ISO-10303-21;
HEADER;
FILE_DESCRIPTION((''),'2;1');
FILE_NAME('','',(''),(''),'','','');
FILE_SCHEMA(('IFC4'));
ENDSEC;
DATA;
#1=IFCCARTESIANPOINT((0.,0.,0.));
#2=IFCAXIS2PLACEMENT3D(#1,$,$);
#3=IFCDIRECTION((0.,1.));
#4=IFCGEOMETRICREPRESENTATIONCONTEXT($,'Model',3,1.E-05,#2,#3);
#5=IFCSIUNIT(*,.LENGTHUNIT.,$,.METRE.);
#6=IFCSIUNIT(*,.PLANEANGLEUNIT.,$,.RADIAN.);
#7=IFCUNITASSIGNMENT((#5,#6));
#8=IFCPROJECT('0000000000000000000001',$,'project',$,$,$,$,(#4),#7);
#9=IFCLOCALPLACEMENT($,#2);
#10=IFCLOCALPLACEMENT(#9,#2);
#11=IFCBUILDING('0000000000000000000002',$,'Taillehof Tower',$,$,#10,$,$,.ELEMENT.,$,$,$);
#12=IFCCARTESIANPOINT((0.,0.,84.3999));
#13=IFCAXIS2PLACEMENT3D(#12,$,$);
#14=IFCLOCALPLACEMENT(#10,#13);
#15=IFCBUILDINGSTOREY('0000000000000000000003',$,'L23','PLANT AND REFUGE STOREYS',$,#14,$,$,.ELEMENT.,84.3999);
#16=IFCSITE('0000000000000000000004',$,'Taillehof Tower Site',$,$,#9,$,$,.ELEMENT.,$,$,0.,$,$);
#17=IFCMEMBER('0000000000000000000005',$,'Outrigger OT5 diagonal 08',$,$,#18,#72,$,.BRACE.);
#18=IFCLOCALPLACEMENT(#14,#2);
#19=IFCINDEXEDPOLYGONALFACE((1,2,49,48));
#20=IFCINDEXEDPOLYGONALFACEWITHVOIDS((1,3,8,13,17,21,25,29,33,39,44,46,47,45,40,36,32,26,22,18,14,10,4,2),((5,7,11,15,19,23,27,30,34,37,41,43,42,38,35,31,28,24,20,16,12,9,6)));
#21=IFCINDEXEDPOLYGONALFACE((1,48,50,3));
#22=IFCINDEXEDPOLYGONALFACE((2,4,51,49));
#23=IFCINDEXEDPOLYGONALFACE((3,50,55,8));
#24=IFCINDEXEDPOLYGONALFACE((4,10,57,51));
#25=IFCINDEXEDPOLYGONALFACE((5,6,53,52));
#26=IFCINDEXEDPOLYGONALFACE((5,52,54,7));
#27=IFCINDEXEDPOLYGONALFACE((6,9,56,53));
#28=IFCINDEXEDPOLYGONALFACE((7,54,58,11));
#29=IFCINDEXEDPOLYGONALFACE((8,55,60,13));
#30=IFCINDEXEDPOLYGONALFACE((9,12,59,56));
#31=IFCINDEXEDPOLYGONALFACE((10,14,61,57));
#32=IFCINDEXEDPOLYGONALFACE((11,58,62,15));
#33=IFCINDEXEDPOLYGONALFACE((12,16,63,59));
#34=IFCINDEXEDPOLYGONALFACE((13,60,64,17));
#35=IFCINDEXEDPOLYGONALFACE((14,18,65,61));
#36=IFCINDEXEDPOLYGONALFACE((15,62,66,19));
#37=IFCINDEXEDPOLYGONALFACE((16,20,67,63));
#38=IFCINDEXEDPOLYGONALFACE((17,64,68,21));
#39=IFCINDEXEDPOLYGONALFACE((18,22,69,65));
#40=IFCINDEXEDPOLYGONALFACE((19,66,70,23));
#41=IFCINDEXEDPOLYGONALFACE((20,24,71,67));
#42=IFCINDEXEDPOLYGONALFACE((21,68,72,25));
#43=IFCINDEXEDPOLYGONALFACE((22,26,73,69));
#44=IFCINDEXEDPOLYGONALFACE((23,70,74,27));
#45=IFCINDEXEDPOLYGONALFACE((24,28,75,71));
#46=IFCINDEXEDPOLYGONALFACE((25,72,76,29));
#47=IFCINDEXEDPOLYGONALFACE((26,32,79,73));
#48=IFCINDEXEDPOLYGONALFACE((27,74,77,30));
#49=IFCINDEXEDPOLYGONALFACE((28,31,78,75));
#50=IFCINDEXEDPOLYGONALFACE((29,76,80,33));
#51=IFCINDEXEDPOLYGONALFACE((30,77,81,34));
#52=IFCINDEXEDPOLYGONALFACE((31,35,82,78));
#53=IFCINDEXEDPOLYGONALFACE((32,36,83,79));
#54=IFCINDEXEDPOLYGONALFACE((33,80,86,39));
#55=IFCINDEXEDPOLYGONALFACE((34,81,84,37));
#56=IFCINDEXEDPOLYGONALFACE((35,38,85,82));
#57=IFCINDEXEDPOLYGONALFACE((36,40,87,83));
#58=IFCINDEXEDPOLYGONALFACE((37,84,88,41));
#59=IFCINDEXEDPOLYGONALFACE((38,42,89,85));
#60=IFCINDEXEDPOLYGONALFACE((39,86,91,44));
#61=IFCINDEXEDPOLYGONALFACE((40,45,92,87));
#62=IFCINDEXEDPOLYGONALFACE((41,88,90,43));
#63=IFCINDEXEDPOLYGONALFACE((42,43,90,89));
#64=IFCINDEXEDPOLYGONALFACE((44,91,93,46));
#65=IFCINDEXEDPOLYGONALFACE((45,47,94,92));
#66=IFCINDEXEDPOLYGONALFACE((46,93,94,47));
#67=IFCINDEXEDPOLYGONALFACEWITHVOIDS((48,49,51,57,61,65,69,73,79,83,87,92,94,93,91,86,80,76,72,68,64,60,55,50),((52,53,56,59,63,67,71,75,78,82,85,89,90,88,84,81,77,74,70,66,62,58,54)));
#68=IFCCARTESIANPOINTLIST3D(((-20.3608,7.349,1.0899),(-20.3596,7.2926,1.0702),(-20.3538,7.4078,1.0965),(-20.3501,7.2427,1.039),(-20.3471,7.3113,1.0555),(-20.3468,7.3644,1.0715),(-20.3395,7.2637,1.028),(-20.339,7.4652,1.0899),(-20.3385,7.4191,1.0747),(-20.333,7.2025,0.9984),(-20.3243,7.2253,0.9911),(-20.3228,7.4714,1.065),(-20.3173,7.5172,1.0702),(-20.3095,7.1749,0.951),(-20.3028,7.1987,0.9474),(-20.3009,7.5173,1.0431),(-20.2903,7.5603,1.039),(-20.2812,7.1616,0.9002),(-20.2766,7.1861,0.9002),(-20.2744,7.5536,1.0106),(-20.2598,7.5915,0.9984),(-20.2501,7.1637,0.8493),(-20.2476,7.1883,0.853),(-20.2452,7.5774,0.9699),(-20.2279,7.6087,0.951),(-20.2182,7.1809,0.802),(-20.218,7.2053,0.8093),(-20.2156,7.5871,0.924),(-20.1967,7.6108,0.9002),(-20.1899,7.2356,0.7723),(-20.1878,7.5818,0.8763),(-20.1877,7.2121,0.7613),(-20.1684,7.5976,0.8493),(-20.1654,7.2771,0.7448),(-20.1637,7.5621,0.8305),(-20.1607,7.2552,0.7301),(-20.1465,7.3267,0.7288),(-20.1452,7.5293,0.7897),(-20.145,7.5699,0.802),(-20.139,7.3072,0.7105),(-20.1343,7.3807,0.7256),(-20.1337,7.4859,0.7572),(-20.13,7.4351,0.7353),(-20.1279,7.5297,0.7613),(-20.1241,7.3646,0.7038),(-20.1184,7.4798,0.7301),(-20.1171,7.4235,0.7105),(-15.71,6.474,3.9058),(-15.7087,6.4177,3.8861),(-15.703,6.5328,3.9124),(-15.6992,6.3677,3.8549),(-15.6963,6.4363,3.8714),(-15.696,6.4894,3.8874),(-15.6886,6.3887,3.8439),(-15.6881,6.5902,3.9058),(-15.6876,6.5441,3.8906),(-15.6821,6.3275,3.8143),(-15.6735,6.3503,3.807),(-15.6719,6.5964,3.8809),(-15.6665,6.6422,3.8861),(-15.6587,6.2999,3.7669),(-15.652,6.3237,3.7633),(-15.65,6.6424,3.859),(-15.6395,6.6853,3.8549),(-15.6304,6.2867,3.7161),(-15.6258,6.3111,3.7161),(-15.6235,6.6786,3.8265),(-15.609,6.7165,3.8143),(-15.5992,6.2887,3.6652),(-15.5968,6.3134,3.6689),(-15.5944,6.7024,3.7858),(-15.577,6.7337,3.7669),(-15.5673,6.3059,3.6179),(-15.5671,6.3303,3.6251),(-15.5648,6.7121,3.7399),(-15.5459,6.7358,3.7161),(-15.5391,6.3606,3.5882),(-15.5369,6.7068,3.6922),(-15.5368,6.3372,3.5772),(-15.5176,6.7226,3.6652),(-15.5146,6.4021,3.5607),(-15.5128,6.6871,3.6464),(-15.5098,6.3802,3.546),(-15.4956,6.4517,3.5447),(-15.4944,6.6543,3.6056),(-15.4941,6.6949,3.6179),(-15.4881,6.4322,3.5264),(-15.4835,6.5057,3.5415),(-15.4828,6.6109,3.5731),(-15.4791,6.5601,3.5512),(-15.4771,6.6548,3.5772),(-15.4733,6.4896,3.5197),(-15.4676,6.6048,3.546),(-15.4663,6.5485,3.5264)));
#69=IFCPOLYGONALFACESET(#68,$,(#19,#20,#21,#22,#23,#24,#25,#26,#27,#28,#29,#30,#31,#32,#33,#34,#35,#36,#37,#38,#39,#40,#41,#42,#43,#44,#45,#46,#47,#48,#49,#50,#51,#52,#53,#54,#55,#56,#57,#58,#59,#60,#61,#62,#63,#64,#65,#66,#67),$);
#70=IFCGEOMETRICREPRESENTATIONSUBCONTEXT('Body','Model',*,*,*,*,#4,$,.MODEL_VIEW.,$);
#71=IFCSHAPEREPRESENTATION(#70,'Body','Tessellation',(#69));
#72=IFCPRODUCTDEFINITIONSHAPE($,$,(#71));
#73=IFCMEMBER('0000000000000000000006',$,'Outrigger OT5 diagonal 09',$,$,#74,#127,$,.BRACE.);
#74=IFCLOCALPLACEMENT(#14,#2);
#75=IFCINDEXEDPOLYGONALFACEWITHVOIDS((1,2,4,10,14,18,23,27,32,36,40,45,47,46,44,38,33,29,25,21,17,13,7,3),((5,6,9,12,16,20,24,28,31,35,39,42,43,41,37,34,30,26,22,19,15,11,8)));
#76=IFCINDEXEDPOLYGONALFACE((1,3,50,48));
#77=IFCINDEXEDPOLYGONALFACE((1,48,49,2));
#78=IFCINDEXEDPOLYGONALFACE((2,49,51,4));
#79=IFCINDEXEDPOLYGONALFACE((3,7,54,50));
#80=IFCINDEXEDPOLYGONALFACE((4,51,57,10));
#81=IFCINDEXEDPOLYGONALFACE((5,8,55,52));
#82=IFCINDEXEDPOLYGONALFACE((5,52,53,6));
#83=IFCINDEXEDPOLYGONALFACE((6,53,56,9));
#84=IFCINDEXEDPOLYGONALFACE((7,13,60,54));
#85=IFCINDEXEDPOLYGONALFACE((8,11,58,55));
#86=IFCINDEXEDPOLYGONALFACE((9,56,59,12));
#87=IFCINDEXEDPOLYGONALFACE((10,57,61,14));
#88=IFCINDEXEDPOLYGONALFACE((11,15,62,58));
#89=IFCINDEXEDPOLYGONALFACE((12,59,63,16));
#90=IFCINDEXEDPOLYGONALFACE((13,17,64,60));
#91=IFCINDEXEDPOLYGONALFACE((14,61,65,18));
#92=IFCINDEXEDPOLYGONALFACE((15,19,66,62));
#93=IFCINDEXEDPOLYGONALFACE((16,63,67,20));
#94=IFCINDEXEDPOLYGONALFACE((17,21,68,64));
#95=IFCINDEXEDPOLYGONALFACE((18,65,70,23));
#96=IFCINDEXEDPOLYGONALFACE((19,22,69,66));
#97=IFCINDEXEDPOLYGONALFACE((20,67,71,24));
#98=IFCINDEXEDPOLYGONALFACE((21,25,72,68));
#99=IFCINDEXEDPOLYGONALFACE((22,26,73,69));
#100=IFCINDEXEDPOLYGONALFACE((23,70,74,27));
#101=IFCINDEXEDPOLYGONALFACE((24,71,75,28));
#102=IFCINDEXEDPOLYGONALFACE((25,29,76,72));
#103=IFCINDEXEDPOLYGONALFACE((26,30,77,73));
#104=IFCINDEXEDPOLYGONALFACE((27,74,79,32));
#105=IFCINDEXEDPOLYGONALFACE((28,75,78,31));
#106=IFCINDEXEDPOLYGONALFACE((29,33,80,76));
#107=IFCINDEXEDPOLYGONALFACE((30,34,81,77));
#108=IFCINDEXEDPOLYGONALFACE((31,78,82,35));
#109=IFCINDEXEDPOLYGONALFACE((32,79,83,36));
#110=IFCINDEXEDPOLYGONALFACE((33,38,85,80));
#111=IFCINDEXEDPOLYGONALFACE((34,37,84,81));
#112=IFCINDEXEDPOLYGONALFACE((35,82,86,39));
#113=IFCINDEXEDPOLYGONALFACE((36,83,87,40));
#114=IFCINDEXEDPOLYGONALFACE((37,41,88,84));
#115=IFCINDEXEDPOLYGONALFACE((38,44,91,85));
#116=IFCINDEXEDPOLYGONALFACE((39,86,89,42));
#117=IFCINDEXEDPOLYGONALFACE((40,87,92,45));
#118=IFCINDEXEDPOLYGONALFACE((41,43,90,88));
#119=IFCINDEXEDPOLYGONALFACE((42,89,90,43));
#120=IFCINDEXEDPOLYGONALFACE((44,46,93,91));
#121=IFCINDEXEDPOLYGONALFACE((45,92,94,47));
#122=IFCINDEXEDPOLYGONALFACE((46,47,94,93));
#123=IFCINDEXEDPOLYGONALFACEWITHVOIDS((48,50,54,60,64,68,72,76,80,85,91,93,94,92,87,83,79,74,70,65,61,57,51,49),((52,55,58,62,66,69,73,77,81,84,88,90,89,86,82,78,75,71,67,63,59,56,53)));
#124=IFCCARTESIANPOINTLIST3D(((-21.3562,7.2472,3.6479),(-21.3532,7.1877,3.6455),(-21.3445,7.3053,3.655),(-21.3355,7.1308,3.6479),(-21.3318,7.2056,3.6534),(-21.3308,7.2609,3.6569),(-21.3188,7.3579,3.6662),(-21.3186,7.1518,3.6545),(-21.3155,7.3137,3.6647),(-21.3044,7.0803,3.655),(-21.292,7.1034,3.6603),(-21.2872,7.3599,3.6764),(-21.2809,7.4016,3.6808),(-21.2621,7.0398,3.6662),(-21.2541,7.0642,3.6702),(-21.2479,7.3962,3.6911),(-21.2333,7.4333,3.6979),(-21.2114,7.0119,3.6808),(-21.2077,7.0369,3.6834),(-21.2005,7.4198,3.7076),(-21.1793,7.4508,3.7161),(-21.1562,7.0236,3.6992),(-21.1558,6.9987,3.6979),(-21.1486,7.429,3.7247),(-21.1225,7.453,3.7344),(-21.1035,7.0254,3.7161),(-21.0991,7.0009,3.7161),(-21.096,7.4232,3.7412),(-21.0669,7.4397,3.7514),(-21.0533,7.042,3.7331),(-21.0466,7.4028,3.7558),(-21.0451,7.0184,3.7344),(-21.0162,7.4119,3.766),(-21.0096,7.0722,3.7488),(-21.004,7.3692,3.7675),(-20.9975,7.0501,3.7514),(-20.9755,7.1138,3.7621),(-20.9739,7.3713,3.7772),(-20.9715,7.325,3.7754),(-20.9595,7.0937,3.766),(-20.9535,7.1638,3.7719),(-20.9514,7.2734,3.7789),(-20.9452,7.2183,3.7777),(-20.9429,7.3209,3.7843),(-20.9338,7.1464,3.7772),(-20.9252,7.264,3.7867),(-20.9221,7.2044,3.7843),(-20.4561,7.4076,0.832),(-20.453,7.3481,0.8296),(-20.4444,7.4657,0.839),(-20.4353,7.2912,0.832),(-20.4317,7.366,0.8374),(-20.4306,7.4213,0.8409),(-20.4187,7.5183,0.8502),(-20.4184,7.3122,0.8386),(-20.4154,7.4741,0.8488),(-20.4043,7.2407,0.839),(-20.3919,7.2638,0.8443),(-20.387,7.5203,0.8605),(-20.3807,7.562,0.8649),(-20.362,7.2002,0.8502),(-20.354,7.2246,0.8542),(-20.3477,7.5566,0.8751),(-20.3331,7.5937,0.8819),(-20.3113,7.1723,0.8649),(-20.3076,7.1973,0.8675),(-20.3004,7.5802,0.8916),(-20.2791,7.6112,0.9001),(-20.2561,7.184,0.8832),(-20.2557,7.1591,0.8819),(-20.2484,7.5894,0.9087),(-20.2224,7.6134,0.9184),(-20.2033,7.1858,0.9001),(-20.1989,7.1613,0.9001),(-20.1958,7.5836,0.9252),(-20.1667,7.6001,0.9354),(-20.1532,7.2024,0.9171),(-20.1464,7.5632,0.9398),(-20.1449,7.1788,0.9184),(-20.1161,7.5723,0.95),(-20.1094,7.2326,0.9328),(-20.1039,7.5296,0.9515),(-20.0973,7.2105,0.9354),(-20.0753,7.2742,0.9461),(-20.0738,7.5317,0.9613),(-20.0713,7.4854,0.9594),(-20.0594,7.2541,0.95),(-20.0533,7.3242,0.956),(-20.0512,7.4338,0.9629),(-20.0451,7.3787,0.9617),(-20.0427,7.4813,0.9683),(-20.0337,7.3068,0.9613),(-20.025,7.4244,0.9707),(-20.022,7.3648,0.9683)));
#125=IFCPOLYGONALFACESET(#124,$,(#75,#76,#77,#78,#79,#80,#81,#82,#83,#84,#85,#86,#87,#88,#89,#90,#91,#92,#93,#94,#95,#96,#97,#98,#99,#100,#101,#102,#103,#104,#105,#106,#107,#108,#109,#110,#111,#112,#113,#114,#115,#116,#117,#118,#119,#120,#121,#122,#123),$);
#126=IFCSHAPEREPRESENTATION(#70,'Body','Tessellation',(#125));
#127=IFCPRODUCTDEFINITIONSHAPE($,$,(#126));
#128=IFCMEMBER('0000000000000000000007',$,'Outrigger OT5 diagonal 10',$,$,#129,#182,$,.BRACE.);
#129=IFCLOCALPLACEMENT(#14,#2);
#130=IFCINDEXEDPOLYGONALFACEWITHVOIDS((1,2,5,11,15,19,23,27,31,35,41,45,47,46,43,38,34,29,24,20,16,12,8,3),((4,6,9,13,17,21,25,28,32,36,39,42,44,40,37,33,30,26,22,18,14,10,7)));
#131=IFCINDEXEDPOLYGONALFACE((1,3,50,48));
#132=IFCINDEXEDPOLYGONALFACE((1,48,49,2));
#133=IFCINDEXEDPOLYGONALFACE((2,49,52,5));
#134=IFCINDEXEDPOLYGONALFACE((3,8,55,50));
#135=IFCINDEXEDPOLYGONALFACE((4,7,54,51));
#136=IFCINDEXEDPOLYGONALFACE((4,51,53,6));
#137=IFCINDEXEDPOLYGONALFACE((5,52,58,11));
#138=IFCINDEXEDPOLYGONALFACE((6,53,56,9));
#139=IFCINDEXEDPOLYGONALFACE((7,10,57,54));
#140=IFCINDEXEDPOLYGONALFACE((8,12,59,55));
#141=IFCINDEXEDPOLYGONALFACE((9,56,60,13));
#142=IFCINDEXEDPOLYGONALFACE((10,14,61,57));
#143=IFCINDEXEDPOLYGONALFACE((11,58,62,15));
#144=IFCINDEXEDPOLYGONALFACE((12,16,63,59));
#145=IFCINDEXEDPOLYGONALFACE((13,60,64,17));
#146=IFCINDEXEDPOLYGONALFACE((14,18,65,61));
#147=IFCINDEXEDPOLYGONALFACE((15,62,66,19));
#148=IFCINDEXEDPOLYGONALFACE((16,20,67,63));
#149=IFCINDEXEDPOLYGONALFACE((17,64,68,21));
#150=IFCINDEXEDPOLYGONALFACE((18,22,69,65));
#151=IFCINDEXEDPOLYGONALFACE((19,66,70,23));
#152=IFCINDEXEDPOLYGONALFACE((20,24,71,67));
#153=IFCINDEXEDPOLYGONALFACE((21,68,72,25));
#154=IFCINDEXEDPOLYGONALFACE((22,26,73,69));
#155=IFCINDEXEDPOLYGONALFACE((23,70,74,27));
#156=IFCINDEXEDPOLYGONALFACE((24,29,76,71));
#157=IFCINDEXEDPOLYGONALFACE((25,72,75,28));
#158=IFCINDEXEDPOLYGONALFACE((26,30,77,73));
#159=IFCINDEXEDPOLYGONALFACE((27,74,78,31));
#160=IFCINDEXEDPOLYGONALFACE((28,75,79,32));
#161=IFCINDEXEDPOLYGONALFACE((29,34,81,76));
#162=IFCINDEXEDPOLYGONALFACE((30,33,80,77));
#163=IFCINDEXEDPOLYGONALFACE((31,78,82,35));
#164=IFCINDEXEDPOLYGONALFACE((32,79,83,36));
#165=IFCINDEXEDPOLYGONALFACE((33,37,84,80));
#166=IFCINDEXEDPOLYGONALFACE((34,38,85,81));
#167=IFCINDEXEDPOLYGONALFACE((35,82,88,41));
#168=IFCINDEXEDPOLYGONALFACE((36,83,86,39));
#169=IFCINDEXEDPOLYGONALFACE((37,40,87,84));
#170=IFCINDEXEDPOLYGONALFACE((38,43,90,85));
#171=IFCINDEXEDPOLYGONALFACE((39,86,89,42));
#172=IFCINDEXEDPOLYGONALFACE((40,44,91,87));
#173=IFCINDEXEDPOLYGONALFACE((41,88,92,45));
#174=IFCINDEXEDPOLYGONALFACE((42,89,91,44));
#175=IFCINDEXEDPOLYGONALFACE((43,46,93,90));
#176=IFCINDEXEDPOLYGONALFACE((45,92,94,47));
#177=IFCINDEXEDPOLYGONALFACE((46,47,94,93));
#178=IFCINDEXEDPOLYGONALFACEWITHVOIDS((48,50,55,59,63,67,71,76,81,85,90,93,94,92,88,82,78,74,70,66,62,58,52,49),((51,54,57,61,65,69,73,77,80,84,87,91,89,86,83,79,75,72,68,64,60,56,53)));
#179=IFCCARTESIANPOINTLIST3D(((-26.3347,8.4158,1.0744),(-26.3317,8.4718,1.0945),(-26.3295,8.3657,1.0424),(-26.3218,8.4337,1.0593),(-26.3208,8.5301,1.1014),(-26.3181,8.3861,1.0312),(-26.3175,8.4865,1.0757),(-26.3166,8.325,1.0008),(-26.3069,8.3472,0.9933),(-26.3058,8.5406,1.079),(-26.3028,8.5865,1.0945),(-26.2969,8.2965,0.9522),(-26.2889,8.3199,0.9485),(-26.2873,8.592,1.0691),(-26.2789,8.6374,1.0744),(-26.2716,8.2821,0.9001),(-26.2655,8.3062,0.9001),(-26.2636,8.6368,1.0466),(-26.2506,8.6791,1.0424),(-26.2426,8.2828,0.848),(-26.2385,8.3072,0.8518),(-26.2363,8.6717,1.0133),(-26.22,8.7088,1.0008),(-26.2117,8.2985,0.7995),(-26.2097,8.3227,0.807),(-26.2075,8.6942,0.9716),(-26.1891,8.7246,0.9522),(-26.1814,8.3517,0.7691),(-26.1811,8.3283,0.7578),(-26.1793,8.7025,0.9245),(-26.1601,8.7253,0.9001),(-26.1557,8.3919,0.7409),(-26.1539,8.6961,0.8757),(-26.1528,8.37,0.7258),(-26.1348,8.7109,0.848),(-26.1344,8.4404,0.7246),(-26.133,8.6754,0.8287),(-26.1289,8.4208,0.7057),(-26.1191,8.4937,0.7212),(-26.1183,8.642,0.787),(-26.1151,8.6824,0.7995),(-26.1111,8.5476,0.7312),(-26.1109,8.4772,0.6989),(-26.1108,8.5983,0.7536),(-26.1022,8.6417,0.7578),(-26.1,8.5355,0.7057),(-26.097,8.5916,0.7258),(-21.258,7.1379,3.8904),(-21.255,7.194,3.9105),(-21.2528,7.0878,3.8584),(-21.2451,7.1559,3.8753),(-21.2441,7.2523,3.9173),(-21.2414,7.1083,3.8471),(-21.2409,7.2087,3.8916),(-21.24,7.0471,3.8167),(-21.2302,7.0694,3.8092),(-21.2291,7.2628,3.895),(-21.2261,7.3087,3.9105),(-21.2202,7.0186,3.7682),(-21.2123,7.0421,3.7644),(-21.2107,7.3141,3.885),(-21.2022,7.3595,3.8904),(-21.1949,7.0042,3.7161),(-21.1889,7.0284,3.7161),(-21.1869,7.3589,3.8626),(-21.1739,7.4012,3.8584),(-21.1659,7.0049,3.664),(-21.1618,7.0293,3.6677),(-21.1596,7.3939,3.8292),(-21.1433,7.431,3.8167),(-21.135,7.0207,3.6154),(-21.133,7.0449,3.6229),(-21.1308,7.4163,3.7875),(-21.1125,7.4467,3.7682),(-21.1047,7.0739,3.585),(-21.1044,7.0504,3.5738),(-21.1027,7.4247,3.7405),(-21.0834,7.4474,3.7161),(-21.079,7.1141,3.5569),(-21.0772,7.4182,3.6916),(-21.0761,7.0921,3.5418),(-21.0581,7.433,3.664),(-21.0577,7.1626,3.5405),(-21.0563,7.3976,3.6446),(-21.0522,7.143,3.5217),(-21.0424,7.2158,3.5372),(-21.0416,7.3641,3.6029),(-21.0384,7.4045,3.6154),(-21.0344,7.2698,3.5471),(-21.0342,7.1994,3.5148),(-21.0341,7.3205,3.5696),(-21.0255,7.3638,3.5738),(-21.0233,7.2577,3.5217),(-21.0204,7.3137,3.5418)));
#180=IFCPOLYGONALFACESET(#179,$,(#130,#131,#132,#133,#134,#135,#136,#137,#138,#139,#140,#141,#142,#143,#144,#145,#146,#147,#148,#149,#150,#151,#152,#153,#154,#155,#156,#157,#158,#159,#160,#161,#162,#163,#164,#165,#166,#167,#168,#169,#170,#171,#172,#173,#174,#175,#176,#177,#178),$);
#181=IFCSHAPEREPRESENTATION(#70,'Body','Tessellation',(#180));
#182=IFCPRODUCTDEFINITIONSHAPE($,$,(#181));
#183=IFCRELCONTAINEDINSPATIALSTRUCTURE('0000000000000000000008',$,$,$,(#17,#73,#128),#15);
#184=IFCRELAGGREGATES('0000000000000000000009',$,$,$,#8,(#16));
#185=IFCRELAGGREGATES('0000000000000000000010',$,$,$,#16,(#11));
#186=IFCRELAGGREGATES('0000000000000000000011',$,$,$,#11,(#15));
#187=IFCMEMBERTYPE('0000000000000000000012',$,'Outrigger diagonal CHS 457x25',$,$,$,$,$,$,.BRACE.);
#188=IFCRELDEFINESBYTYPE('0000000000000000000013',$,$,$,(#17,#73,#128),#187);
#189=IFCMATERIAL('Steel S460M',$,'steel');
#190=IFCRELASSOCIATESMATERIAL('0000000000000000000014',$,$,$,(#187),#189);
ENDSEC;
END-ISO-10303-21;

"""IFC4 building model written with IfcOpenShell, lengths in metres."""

from ifc_helpers import new_model, si_unit, direction, frame, origin, origin_2d, place, context, subcontext, project, spatial, hollow_circle, extrude, material, material_profile, profile_set, type_object, element, save


model = new_model("IFC4")

# Units and contexts
model_context = context("Model", 3, precision=1e-05, world=origin(), true_north=direction((0.0, 1.0)))
body_context = subcontext(model_context, "Body", "Model", "MODEL_VIEW")
ifc_project = project(units=[si_unit("LENGTHUNIT", "METRE"), si_unit("PLANEANGLEUNIT", "RADIAN")], contexts=[model_context])

# Site, building, storey
site_placement = place(None, origin())
site = spatial("IfcSite", under=ifc_project, at=site_placement, Name="Taillehof Tower Site", CompositionType="ELEMENT", RefElevation=0.0)
building_placement = place(site_placement, origin())
building = spatial("IfcBuilding", under=site, at=building_placement, Name="Taillehof Tower", CompositionType="ELEMENT")
storey_placement = place(building_placement, frame((0.0, 0.0, 84.3999)))
storey = spatial("IfcBuildingStorey", under=building, at=storey_placement, Name="L23", Description="PLANT AND REFUGE STOREYS", CompositionType="ELEMENT", Elevation=84.3999)

# Members
ifc_material_1 = material(Name="Steel S460M", Category="steel")
ifc_material_profile_1 = material_profile(ifc_material_1, hollow_circle(Radius=0.2285, WallThickness=0.0249, at=origin_2d()), Name="CHS 457x25")
ifc_profile_set_1 = profile_set([ifc_material_profile_1], Name="Steel S460M")
member_type_1 = type_object("IfcMemberType", Name="Outrigger diagonal CHS 457x25", PredefinedType="BRACE", material=ifc_profile_set_1)
member_1_placement = place(storey_placement, frame((-15.5881, 6.5112, 3.7161), z_axis=(-0.844558, 0.158892, -0.511346), x_axis=(-0.184893, -0.982759, 0.0)))
element("IfcMember", 1, at=member_1_placement, inside=storey, type_object=member_type_1, Name="Outrigger OT5 diagonal 08", PredefinedType="BRACE", context=body_context, shape_type="SweptSolid", body=[
    extrude(hollow_circle(Radius=0.2285, WallThickness=0.0249, at=origin_2d()), origin(), (0.0, 0.0, 1.0), 5.5068),
])
member_2_placement = place(storey_placement, frame((-20.239, 7.3862, 0.9001), z_axis=(-0.304038, -0.054178, 0.951118), x_axis=(0.17543, -0.984492, 0.0)))
element("IfcMember", 2, at=member_2_placement, inside=storey, type_object=member_type_1, Name="Outrigger OT5 diagonal 09", PredefinedType="BRACE", context=body_context, shape_type="SweptSolid", body=[
    extrude(hollow_circle(Radius=0.2285, WallThickness=0.0249, at=origin_2d()), origin(), (0.0, 0.0, 1.0), 2.9607),
])
member_3_placement = place(storey_placement, frame((-21.1392, 7.2258, 3.7161), z_axis=(-0.854038, 0.214968, -0.473717), x_axis=(-0.244094, -0.969752, 0.0)))
element("IfcMember", 3, at=member_3_placement, inside=storey, type_object=member_type_1, Name="Outrigger OT5 diagonal 10", PredefinedType="BRACE", context=body_context, shape_type="SweptSolid", body=[
    extrude(hollow_circle(Radius=0.2285, WallThickness=0.0249, at=origin_2d()), origin(), (0.0, 0.0, 1.0), 5.9443),
])

save(model, "model.ifc")
